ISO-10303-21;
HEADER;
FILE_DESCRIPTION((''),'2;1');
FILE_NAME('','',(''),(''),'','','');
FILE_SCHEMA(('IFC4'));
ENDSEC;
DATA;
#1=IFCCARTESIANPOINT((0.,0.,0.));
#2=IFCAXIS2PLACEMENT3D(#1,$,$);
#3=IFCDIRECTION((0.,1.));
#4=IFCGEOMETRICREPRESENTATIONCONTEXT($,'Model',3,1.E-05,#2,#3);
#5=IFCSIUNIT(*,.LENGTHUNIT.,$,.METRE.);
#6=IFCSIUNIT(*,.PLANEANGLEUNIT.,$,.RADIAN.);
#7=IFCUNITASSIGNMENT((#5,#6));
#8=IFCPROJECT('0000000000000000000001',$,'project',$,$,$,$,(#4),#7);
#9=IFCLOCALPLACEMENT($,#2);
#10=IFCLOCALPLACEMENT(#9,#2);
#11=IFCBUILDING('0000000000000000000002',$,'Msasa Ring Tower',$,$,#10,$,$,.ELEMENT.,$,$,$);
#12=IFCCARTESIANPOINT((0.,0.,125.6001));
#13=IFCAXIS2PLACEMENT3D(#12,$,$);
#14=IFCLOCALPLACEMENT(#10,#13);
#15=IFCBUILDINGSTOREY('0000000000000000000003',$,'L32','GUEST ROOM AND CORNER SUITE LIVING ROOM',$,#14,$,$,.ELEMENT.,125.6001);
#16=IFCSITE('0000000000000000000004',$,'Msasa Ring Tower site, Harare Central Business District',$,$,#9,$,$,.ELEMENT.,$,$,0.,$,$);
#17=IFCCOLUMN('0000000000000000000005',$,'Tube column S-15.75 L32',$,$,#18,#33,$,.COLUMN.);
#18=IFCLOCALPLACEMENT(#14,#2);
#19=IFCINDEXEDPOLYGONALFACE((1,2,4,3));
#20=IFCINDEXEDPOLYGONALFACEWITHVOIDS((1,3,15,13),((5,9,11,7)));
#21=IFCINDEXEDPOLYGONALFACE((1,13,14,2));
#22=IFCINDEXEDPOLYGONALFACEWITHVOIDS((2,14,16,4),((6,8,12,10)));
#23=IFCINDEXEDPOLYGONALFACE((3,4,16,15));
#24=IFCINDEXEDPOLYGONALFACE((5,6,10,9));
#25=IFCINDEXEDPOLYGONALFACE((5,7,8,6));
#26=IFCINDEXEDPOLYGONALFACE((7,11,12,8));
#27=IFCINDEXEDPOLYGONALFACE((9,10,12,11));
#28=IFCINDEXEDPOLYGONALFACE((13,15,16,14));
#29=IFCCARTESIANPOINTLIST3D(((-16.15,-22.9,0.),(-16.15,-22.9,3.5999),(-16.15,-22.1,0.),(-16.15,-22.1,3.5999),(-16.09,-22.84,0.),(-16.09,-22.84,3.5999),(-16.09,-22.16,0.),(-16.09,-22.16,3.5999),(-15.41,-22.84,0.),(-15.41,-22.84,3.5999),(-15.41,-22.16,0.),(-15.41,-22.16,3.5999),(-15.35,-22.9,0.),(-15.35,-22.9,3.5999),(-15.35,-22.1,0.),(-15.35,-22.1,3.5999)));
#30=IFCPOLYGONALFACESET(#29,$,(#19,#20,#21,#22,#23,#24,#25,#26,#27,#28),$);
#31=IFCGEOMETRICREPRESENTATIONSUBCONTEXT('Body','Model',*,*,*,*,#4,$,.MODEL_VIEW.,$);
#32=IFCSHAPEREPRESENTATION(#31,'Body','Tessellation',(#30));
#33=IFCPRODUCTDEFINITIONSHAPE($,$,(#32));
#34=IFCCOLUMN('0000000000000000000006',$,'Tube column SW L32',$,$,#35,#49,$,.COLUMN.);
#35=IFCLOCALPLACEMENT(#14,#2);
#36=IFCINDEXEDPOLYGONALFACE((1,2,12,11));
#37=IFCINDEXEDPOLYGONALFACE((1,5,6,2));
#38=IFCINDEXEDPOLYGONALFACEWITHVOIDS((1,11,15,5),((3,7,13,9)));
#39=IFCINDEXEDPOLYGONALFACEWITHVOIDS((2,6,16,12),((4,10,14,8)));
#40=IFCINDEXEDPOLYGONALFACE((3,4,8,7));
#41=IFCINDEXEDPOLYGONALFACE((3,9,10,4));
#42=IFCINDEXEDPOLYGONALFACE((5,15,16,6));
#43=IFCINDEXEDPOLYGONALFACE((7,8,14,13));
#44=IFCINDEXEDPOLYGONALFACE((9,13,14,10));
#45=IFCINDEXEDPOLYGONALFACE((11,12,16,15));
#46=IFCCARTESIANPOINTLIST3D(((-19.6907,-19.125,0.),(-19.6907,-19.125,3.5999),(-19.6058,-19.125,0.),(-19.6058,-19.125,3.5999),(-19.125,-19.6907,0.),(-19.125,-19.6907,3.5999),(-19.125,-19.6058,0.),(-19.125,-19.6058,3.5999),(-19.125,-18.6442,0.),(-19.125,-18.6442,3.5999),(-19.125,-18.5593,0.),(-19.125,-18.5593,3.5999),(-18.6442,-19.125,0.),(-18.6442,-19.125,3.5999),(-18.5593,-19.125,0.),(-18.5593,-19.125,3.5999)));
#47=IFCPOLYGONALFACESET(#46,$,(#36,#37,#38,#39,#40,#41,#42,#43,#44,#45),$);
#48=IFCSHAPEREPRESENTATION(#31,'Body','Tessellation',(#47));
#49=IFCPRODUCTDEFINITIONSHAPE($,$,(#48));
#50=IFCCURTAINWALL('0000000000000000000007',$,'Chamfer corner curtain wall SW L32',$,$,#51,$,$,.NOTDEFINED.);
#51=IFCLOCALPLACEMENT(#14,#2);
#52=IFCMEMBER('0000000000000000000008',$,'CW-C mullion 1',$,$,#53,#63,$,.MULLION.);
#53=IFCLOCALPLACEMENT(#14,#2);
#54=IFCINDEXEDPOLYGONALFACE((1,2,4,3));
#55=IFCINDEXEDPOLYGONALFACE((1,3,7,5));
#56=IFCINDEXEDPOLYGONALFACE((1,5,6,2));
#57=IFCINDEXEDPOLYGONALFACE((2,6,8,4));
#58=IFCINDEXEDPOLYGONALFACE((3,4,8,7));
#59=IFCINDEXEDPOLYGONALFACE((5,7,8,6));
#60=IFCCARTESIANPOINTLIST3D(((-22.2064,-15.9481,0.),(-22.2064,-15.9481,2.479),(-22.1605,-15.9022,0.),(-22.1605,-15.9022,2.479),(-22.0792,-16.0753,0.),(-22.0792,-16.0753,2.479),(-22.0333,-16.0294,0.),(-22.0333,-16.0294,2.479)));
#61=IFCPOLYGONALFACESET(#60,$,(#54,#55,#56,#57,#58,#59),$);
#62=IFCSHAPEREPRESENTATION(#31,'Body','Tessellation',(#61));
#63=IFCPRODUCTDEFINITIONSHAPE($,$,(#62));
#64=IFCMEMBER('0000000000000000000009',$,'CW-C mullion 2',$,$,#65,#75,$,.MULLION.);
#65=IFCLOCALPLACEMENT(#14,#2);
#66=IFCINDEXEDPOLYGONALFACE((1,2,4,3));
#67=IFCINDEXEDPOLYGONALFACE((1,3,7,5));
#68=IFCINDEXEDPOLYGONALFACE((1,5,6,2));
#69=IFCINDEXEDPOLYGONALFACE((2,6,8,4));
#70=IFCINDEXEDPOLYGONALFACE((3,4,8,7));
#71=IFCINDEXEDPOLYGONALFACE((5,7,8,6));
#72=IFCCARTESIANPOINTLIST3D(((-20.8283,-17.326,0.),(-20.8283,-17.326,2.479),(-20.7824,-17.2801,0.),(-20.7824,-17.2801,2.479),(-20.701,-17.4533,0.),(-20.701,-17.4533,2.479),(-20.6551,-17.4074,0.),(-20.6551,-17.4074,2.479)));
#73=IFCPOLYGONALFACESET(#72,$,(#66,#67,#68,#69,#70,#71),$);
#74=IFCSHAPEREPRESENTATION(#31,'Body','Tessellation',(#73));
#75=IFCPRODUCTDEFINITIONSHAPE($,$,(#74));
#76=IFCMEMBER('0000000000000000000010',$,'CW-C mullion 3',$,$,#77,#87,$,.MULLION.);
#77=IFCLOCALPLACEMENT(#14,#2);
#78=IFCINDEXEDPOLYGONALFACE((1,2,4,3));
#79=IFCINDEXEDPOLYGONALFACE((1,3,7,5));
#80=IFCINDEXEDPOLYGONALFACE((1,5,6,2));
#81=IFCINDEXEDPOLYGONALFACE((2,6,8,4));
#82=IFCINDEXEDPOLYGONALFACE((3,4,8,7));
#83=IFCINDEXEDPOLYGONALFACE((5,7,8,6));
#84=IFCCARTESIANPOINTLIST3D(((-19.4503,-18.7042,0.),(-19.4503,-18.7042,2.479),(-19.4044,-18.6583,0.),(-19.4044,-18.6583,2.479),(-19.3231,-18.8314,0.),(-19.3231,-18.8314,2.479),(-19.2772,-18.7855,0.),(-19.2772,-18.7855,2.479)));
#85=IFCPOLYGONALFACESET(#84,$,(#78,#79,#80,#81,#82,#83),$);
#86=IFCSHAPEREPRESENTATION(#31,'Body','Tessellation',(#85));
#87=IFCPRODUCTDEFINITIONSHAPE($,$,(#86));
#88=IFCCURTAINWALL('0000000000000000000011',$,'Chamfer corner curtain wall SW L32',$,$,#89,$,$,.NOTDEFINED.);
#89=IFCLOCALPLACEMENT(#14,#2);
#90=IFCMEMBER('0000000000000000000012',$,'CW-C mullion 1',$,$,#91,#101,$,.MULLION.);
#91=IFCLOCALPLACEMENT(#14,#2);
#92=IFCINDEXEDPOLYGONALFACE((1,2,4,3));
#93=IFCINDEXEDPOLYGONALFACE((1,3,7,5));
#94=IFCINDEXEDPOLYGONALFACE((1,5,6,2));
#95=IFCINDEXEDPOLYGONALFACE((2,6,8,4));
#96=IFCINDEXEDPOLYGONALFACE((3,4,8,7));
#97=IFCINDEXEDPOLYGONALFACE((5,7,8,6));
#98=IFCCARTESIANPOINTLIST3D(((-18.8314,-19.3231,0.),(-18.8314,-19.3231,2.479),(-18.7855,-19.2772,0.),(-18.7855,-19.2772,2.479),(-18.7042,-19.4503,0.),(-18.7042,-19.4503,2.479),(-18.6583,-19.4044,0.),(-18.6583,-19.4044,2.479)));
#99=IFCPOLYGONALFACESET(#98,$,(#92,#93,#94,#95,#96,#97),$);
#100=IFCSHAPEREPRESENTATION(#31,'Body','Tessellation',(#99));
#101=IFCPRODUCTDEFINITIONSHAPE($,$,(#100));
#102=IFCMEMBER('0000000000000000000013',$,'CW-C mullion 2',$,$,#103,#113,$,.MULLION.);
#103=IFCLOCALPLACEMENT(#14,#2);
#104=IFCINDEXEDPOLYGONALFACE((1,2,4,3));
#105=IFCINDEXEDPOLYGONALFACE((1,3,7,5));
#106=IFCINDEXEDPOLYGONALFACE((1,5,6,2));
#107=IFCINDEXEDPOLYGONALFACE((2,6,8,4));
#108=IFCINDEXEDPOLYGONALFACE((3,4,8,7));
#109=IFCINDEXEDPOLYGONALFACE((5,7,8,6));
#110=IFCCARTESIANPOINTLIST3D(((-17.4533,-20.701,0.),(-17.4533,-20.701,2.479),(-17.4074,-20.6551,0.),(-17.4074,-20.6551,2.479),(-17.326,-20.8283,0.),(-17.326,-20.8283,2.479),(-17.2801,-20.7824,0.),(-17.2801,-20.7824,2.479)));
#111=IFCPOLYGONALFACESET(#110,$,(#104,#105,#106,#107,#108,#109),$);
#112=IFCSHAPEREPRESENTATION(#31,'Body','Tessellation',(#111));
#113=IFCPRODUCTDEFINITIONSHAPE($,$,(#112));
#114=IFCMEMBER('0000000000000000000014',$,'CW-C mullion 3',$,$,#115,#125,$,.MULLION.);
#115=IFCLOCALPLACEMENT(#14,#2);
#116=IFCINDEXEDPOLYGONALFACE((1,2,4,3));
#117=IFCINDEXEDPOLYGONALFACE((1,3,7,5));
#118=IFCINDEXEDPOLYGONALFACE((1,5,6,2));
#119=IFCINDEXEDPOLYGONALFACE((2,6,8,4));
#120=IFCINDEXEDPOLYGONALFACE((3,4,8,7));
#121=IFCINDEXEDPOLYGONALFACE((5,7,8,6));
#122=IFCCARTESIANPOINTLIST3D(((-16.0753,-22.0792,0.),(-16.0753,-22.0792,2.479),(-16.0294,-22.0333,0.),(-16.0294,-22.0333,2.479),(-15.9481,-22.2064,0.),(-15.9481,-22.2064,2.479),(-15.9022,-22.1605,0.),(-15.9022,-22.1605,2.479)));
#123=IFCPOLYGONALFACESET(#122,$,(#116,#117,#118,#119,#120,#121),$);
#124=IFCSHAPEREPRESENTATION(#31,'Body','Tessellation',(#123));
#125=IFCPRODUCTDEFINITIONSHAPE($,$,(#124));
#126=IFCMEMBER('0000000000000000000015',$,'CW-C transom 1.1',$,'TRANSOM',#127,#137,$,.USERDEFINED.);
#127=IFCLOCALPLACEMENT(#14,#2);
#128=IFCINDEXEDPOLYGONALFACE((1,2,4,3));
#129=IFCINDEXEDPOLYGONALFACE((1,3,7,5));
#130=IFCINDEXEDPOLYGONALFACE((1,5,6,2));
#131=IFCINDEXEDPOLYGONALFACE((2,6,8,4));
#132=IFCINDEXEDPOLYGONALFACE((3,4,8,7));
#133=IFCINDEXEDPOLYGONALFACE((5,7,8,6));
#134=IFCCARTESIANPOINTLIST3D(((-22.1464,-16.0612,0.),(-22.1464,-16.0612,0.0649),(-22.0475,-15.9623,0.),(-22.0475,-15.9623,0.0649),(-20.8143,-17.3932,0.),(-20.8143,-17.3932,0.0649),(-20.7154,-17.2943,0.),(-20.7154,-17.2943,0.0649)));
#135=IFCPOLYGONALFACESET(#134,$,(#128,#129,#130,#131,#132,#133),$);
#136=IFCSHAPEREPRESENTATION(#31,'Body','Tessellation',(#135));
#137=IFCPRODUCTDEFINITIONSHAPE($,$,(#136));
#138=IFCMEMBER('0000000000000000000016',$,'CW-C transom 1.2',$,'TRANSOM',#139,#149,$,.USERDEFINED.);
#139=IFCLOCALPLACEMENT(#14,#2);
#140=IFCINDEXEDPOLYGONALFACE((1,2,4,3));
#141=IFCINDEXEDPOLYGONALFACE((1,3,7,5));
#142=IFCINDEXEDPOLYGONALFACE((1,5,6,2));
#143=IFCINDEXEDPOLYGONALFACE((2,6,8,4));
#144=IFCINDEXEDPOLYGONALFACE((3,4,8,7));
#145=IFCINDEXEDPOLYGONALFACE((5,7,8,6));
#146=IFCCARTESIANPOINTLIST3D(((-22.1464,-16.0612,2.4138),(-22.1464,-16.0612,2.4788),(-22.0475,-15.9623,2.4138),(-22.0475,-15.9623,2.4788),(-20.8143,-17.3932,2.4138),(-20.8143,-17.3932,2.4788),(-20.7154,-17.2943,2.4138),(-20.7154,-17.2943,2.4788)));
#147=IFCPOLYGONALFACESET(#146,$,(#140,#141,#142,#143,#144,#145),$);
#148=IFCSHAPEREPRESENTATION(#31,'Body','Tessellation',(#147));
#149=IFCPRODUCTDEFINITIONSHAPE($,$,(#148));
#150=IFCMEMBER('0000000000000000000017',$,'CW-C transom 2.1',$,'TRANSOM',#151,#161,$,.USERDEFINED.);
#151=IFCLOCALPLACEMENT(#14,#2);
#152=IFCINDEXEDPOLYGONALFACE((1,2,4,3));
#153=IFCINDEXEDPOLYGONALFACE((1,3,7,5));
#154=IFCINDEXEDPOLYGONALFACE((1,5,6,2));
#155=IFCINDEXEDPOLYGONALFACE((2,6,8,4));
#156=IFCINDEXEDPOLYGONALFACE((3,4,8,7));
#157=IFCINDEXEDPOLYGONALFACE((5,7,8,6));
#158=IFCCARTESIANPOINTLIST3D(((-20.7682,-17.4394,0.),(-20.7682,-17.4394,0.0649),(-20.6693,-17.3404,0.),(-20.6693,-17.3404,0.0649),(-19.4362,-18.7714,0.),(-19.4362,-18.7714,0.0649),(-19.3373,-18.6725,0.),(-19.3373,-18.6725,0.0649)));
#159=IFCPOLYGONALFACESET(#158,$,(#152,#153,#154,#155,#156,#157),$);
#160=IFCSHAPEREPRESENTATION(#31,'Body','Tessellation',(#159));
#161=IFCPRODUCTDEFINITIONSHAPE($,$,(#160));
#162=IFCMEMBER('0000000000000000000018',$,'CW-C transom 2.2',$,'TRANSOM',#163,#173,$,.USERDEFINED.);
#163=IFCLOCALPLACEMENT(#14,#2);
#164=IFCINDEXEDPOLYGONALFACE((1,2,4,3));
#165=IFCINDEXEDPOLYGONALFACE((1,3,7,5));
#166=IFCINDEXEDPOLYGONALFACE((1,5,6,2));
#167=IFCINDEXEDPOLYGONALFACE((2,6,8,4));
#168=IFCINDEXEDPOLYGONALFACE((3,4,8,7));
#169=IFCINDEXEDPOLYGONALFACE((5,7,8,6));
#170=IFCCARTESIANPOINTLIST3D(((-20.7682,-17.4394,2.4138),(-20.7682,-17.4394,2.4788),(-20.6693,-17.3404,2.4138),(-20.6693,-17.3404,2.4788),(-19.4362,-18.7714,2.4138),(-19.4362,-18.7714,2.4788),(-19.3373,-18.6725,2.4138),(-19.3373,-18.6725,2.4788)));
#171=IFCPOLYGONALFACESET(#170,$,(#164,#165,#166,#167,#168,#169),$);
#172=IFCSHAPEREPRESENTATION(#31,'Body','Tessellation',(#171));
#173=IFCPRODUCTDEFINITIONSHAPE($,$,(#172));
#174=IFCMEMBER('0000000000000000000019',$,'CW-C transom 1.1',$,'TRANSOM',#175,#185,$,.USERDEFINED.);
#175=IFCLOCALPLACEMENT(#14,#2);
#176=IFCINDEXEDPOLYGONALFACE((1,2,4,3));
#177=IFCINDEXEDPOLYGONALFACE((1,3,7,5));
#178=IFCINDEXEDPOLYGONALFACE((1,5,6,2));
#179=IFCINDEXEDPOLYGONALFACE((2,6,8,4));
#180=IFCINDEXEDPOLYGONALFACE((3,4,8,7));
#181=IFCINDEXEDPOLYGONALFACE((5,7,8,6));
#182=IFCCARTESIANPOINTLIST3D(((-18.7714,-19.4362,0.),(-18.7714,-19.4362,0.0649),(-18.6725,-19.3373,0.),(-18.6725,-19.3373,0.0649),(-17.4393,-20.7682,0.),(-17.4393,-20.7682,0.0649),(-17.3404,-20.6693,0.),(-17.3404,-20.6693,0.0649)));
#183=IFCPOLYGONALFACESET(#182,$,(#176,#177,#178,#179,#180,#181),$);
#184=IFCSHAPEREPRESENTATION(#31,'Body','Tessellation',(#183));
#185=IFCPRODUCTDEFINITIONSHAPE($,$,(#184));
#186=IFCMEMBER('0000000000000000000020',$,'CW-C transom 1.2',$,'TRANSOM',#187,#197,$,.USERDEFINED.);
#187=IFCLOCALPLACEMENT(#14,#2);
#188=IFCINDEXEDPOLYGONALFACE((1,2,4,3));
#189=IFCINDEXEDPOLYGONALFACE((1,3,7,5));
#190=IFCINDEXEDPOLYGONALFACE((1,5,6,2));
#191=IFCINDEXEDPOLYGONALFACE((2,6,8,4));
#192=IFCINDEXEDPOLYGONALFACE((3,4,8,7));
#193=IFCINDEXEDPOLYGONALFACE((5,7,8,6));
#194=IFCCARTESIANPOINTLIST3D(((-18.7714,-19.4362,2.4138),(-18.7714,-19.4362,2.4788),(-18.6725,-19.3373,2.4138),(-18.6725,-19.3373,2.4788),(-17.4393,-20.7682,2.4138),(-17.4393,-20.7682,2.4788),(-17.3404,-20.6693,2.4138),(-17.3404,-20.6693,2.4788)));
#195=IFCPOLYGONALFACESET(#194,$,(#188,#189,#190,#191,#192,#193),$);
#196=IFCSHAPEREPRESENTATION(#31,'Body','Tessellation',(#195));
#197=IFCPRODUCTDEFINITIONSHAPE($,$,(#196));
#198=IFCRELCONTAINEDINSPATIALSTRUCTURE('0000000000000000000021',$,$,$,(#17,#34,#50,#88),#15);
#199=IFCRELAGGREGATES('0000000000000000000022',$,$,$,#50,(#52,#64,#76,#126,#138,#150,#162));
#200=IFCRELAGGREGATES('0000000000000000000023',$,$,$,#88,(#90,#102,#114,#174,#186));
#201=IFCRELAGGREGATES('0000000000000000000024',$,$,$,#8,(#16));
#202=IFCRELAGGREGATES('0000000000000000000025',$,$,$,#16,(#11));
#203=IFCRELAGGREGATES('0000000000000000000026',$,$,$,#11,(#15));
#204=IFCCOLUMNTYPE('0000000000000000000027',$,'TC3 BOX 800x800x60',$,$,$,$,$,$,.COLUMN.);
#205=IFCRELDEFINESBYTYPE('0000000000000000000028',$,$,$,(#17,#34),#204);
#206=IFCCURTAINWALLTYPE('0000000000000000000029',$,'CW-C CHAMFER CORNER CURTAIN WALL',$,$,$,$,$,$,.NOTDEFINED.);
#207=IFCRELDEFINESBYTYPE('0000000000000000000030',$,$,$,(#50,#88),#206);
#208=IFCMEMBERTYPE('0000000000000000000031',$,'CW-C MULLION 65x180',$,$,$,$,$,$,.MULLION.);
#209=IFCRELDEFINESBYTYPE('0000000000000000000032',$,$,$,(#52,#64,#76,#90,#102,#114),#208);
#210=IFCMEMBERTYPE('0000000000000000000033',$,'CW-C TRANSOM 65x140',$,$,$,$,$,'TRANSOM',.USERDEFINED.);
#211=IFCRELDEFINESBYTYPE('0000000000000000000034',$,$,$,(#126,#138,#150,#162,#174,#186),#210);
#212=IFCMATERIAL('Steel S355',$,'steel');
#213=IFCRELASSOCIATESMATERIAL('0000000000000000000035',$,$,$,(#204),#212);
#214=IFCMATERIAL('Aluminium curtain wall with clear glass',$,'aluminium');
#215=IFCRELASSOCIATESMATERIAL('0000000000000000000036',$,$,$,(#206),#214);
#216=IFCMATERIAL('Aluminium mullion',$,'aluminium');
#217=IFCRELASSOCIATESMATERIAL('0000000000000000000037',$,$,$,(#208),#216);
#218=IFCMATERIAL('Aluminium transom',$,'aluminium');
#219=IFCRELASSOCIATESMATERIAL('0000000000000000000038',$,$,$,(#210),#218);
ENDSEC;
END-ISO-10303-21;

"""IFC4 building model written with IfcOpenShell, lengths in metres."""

from ifc_helpers import new_model, si_unit, direction, frame, origin, origin_2d, place, context, subcontext, project, spatial, rectangle, hollow_rectangle, extrude, material, material_profile, profile_set, type_object, element, aggregate, save


model = new_model("IFC4")

# Units and contexts
model_context = context("Model", 3, precision=1e-05, world=origin(), true_north=direction((0.0, 1.0)))
body_context = subcontext(model_context, "Body", "Model", "MODEL_VIEW")
ifc_project = project(units=[si_unit("LENGTHUNIT", "METRE"), si_unit("PLANEANGLEUNIT", "RADIAN")], contexts=[model_context])

# Site, building, storey
site_placement = place(None, origin())
site = spatial("IfcSite", under=ifc_project, at=site_placement, Name="Msasa Ring Tower site, Harare Central Business District", CompositionType="ELEMENT", RefElevation=0.0)
building_placement = place(site_placement, origin())
building = spatial("IfcBuilding", under=site, at=building_placement, Name="Msasa Ring Tower", CompositionType="ELEMENT")
storey_placement = place(building_placement, frame((0.0, 0.0, 125.6001)))
storey = spatial("IfcBuildingStorey", under=building, at=storey_placement, Name="L32", Description="GUEST ROOM AND CORNER SUITE LIVING ROOM", CompositionType="ELEMENT", Elevation=125.6001)

# Columns
ifc_material_1 = material(Name="Steel S355", Category="steel")
ifc_material_profile_1 = material_profile(ifc_material_1, hollow_rectangle(XDim=0.8, YDim=0.8, WallThickness=0.0601, at=origin_2d()), Name="BOX 800x800x60")
ifc_profile_set_1 = profile_set([ifc_material_profile_1], Name="Steel S355")
column_type = type_object("IfcColumnType", Name="TC3 BOX 800x800x60", PredefinedType="COLUMN", material=ifc_profile_set_1)
for number, where, z_axis, x_axis, name in (
    (1, (-15.75, -22.5, 0.0), (0.0, 0.0, 1.0), (0.0, 1.0, 0.0), "Tube column S-15.75 L32"),
    (2, (-19.125, -19.125, 0.0), (0.0, 0.0, 1.0), (0.707107, 0.707107, 0.0), "Tube column SW L32"),
):
    element("IfcColumn", number, at=place(storey_placement, frame(where, z_axis=z_axis, x_axis=x_axis)), inside=storey, type_object=column_type, Name=name, PredefinedType="COLUMN", context=body_context, shape_type="SweptSolid", body=[
        extrude(hollow_rectangle(XDim=0.8, YDim=0.8, WallThickness=0.0601, at=origin_2d()), origin(), (0.0, 0.0, 1.0), 3.5999),
    ])

# Curtain walls, members
ifc_material_2 = material(Name="Aluminium curtain wall with clear glass", Category="aluminium")
curtain_wall_type = type_object("IfcCurtainWallType", Name="CW-C CHAMFER CORNER CURTAIN WALL", PredefinedType="NOTDEFINED", material=ifc_material_2)
curtain_wall_1_placement = place(storey_placement, origin())
curtain_wall_1 = element("IfcCurtainWall", 3, at=curtain_wall_1_placement, inside=storey, type_object=curtain_wall_type, Name="Chamfer corner curtain wall SW L32", PredefinedType="NOTDEFINED")
ifc_material_3 = material(Name="Aluminium mullion", Category="aluminium")
ifc_material_profile_2 = material_profile(ifc_material_3, rectangle(XDim=0.0649, YDim=0.1799, at=origin_2d()), Name="AL 65x180")
ifc_profile_set_2 = profile_set([ifc_material_profile_2], Name="Aluminium mullion")
member_type_1 = type_object("IfcMemberType", Name="CW-C MULLION 65x180", PredefinedType="MULLION", material=ifc_profile_set_2)
member_1_placement = place(storey_placement, frame((-22.1199, -15.9888, 0.0), z_axis=(0.0, 0.0, 1.0), x_axis=(0.707107, 0.707107, 0.0)))
member_1 = element("IfcMember", 4, at=member_1_placement, type_object=member_type_1, Name="CW-C mullion 1", PredefinedType="MULLION", context=body_context, shape_type="SweptSolid", body=[
    extrude(rectangle(XDim=0.0649, YDim=0.1799, at=origin_2d()), origin(), (0.0, 0.0, 1.0), 2.479),
])
member_2_placement = place(storey_placement, frame((-20.7417, -17.3667, 0.0), z_axis=(0.0, 0.0, 1.0), x_axis=(0.707107, 0.707107, 0.0)))
member_2 = element("IfcMember", 5, at=member_2_placement, type_object=member_type_1, Name="CW-C mullion 2", PredefinedType="MULLION", context=body_context, shape_type="SweptSolid", body=[
    extrude(rectangle(XDim=0.0649, YDim=0.1799, at=origin_2d()), origin(), (0.0, 0.0, 1.0), 2.479),
])
member_3_placement = place(storey_placement, frame((-19.3638, -18.7449, 0.0), z_axis=(0.0, 0.0, 1.0), x_axis=(0.707107, 0.707107, 0.0)))
member_3 = element("IfcMember", 6, at=member_3_placement, type_object=member_type_1, Name="CW-C mullion 3", PredefinedType="MULLION", context=body_context, shape_type="SweptSolid", body=[
    extrude(rectangle(XDim=0.0649, YDim=0.1799, at=origin_2d()), origin(), (0.0, 0.0, 1.0), 2.479),
])
curtain_wall_2_placement = place(storey_placement, origin())
curtain_wall_2 = element("IfcCurtainWall", 7, at=curtain_wall_2_placement, inside=storey, type_object=curtain_wall_type, Name="Chamfer corner curtain wall SW L32", PredefinedType="NOTDEFINED")
member_4_placement = place(storey_placement, frame((-18.7449, -19.3638, 0.0), z_axis=(0.0, 0.0, 1.0), x_axis=(0.707107, 0.707107, 0.0)))
member_4 = element("IfcMember", 8, at=member_4_placement, type_object=member_type_1, Name="CW-C mullion 1", PredefinedType="MULLION", context=body_context, shape_type="SweptSolid", body=[
    extrude(rectangle(XDim=0.0649, YDim=0.1799, at=origin_2d()), origin(), (0.0, 0.0, 1.0), 2.479),
])
member_5_placement = place(storey_placement, frame((-17.3667, -20.7417, 0.0), z_axis=(0.0, 0.0, 1.0), x_axis=(0.707107, 0.707107, 0.0)))
member_5 = element("IfcMember", 9, at=member_5_placement, type_object=member_type_1, Name="CW-C mullion 2", PredefinedType="MULLION", context=body_context, shape_type="SweptSolid", body=[
    extrude(rectangle(XDim=0.0649, YDim=0.1799, at=origin_2d()), origin(), (0.0, 0.0, 1.0), 2.479),
])
member_6_placement = place(storey_placement, frame((-15.9888, -22.1199, 0.0), z_axis=(0.0, 0.0, 1.0), x_axis=(0.707107, 0.707107, 0.0)))
member_6 = element("IfcMember", 10, at=member_6_placement, type_object=member_type_1, Name="CW-C mullion 3", PredefinedType="MULLION", context=body_context, shape_type="SweptSolid", body=[
    extrude(rectangle(XDim=0.0649, YDim=0.1799, at=origin_2d()), origin(), (0.0, 0.0, 1.0), 2.479),
])

# Members
ifc_material_4 = material(Name="Aluminium transom", Category="aluminium")
ifc_material_profile_3 = material_profile(ifc_material_4, rectangle(XDim=0.1399, YDim=0.0649, at=origin_2d()), Name="AL 65x140")
ifc_profile_set_3 = profile_set([ifc_material_profile_3], Name="Aluminium transom")
member_type_2 = type_object("IfcMemberType", Name="CW-C TRANSOM 65x140", ElementType="TRANSOM", PredefinedType="USERDEFINED", material=ifc_profile_set_3)
member_7_placement = place(storey_placement, frame((-22.0969, -16.0117, 0.0325), z_axis=(0.707107, -0.707107, 0.0), x_axis=(0.707107, 0.707107, 0.0)))
member_7 = element("IfcMember", 11, at=member_7_placement, type_object=member_type_2, Name="CW-C transom 1.1", ObjectType="TRANSOM", PredefinedType="USERDEFINED", context=body_context, shape_type="SweptSolid", body=[
    extrude(rectangle(XDim=0.1399, YDim=0.0649, at=origin_2d()), origin(), (0.0, 0.0, 1.0), 1.8838),
])
member_8_placement = place(storey_placement, frame((-22.0969, -16.0117, 2.4463), z_axis=(0.707107, -0.707107, 0.0), x_axis=(0.707107, 0.707107, 0.0)))
member_8 = element("IfcMember", 12, at=member_8_placement, type_object=member_type_2, Name="CW-C transom 1.2", ObjectType="TRANSOM", PredefinedType="USERDEFINED", context=body_context, shape_type="SweptSolid", body=[
    extrude(rectangle(XDim=0.1399, YDim=0.0649, at=origin_2d()), origin(), (0.0, 0.0, 1.0), 1.8838),
])
member_9_placement = place(storey_placement, frame((-20.7188, -17.3899, 0.0325), z_axis=(0.707107, -0.707107, 0.0), x_axis=(0.707107, 0.707107, 0.0)))
member_9 = element("IfcMember", 13, at=member_9_placement, type_object=member_type_2, Name="CW-C transom 2.1", ObjectType="TRANSOM", PredefinedType="USERDEFINED", context=body_context, shape_type="SweptSolid", body=[
    extrude(rectangle(XDim=0.1399, YDim=0.0649, at=origin_2d()), origin(), (0.0, 0.0, 1.0), 1.8838),
])
member_10_placement = place(storey_placement, frame((-20.7188, -17.3899, 2.4463), z_axis=(0.707107, -0.707107, 0.0), x_axis=(0.707107, 0.707107, 0.0)))
member_10 = element("IfcMember", 14, at=member_10_placement, type_object=member_type_2, Name="CW-C transom 2.2", ObjectType="TRANSOM", PredefinedType="USERDEFINED", context=body_context, shape_type="SweptSolid", body=[
    extrude(rectangle(XDim=0.1399, YDim=0.0649, at=origin_2d()), origin(), (0.0, 0.0, 1.0), 1.8838),
])
member_11_placement = place(storey_placement, frame((-18.7219, -19.3867, 0.0325), z_axis=(0.707107, -0.707107, 0.0), x_axis=(0.707107, 0.707107, 0.0)))
member_11 = element("IfcMember", 15, at=member_11_placement, type_object=member_type_2, Name="CW-C transom 1.1", ObjectType="TRANSOM", PredefinedType="USERDEFINED", context=body_context, shape_type="SweptSolid", body=[
    extrude(rectangle(XDim=0.1399, YDim=0.0649, at=origin_2d()), origin(), (0.0, 0.0, 1.0), 1.8838),
])
member_12_placement = place(storey_placement, frame((-18.7219, -19.3867, 2.4463), z_axis=(0.707107, -0.707107, 0.0), x_axis=(0.707107, 0.707107, 0.0)))
member_12 = element("IfcMember", 16, at=member_12_placement, type_object=member_type_2, Name="CW-C transom 1.2", ObjectType="TRANSOM", PredefinedType="USERDEFINED", context=body_context, shape_type="SweptSolid", body=[
    extrude(rectangle(XDim=0.1399, YDim=0.0649, at=origin_2d()), origin(), (0.0, 0.0, 1.0), 1.8838),
])

aggregate(curtain_wall_1, [member_1, member_2, member_3, member_7, member_8, member_9, member_10])
aggregate(curtain_wall_2, [member_4, member_5, member_6, member_11, member_12])

save(model, "model.ifc")
